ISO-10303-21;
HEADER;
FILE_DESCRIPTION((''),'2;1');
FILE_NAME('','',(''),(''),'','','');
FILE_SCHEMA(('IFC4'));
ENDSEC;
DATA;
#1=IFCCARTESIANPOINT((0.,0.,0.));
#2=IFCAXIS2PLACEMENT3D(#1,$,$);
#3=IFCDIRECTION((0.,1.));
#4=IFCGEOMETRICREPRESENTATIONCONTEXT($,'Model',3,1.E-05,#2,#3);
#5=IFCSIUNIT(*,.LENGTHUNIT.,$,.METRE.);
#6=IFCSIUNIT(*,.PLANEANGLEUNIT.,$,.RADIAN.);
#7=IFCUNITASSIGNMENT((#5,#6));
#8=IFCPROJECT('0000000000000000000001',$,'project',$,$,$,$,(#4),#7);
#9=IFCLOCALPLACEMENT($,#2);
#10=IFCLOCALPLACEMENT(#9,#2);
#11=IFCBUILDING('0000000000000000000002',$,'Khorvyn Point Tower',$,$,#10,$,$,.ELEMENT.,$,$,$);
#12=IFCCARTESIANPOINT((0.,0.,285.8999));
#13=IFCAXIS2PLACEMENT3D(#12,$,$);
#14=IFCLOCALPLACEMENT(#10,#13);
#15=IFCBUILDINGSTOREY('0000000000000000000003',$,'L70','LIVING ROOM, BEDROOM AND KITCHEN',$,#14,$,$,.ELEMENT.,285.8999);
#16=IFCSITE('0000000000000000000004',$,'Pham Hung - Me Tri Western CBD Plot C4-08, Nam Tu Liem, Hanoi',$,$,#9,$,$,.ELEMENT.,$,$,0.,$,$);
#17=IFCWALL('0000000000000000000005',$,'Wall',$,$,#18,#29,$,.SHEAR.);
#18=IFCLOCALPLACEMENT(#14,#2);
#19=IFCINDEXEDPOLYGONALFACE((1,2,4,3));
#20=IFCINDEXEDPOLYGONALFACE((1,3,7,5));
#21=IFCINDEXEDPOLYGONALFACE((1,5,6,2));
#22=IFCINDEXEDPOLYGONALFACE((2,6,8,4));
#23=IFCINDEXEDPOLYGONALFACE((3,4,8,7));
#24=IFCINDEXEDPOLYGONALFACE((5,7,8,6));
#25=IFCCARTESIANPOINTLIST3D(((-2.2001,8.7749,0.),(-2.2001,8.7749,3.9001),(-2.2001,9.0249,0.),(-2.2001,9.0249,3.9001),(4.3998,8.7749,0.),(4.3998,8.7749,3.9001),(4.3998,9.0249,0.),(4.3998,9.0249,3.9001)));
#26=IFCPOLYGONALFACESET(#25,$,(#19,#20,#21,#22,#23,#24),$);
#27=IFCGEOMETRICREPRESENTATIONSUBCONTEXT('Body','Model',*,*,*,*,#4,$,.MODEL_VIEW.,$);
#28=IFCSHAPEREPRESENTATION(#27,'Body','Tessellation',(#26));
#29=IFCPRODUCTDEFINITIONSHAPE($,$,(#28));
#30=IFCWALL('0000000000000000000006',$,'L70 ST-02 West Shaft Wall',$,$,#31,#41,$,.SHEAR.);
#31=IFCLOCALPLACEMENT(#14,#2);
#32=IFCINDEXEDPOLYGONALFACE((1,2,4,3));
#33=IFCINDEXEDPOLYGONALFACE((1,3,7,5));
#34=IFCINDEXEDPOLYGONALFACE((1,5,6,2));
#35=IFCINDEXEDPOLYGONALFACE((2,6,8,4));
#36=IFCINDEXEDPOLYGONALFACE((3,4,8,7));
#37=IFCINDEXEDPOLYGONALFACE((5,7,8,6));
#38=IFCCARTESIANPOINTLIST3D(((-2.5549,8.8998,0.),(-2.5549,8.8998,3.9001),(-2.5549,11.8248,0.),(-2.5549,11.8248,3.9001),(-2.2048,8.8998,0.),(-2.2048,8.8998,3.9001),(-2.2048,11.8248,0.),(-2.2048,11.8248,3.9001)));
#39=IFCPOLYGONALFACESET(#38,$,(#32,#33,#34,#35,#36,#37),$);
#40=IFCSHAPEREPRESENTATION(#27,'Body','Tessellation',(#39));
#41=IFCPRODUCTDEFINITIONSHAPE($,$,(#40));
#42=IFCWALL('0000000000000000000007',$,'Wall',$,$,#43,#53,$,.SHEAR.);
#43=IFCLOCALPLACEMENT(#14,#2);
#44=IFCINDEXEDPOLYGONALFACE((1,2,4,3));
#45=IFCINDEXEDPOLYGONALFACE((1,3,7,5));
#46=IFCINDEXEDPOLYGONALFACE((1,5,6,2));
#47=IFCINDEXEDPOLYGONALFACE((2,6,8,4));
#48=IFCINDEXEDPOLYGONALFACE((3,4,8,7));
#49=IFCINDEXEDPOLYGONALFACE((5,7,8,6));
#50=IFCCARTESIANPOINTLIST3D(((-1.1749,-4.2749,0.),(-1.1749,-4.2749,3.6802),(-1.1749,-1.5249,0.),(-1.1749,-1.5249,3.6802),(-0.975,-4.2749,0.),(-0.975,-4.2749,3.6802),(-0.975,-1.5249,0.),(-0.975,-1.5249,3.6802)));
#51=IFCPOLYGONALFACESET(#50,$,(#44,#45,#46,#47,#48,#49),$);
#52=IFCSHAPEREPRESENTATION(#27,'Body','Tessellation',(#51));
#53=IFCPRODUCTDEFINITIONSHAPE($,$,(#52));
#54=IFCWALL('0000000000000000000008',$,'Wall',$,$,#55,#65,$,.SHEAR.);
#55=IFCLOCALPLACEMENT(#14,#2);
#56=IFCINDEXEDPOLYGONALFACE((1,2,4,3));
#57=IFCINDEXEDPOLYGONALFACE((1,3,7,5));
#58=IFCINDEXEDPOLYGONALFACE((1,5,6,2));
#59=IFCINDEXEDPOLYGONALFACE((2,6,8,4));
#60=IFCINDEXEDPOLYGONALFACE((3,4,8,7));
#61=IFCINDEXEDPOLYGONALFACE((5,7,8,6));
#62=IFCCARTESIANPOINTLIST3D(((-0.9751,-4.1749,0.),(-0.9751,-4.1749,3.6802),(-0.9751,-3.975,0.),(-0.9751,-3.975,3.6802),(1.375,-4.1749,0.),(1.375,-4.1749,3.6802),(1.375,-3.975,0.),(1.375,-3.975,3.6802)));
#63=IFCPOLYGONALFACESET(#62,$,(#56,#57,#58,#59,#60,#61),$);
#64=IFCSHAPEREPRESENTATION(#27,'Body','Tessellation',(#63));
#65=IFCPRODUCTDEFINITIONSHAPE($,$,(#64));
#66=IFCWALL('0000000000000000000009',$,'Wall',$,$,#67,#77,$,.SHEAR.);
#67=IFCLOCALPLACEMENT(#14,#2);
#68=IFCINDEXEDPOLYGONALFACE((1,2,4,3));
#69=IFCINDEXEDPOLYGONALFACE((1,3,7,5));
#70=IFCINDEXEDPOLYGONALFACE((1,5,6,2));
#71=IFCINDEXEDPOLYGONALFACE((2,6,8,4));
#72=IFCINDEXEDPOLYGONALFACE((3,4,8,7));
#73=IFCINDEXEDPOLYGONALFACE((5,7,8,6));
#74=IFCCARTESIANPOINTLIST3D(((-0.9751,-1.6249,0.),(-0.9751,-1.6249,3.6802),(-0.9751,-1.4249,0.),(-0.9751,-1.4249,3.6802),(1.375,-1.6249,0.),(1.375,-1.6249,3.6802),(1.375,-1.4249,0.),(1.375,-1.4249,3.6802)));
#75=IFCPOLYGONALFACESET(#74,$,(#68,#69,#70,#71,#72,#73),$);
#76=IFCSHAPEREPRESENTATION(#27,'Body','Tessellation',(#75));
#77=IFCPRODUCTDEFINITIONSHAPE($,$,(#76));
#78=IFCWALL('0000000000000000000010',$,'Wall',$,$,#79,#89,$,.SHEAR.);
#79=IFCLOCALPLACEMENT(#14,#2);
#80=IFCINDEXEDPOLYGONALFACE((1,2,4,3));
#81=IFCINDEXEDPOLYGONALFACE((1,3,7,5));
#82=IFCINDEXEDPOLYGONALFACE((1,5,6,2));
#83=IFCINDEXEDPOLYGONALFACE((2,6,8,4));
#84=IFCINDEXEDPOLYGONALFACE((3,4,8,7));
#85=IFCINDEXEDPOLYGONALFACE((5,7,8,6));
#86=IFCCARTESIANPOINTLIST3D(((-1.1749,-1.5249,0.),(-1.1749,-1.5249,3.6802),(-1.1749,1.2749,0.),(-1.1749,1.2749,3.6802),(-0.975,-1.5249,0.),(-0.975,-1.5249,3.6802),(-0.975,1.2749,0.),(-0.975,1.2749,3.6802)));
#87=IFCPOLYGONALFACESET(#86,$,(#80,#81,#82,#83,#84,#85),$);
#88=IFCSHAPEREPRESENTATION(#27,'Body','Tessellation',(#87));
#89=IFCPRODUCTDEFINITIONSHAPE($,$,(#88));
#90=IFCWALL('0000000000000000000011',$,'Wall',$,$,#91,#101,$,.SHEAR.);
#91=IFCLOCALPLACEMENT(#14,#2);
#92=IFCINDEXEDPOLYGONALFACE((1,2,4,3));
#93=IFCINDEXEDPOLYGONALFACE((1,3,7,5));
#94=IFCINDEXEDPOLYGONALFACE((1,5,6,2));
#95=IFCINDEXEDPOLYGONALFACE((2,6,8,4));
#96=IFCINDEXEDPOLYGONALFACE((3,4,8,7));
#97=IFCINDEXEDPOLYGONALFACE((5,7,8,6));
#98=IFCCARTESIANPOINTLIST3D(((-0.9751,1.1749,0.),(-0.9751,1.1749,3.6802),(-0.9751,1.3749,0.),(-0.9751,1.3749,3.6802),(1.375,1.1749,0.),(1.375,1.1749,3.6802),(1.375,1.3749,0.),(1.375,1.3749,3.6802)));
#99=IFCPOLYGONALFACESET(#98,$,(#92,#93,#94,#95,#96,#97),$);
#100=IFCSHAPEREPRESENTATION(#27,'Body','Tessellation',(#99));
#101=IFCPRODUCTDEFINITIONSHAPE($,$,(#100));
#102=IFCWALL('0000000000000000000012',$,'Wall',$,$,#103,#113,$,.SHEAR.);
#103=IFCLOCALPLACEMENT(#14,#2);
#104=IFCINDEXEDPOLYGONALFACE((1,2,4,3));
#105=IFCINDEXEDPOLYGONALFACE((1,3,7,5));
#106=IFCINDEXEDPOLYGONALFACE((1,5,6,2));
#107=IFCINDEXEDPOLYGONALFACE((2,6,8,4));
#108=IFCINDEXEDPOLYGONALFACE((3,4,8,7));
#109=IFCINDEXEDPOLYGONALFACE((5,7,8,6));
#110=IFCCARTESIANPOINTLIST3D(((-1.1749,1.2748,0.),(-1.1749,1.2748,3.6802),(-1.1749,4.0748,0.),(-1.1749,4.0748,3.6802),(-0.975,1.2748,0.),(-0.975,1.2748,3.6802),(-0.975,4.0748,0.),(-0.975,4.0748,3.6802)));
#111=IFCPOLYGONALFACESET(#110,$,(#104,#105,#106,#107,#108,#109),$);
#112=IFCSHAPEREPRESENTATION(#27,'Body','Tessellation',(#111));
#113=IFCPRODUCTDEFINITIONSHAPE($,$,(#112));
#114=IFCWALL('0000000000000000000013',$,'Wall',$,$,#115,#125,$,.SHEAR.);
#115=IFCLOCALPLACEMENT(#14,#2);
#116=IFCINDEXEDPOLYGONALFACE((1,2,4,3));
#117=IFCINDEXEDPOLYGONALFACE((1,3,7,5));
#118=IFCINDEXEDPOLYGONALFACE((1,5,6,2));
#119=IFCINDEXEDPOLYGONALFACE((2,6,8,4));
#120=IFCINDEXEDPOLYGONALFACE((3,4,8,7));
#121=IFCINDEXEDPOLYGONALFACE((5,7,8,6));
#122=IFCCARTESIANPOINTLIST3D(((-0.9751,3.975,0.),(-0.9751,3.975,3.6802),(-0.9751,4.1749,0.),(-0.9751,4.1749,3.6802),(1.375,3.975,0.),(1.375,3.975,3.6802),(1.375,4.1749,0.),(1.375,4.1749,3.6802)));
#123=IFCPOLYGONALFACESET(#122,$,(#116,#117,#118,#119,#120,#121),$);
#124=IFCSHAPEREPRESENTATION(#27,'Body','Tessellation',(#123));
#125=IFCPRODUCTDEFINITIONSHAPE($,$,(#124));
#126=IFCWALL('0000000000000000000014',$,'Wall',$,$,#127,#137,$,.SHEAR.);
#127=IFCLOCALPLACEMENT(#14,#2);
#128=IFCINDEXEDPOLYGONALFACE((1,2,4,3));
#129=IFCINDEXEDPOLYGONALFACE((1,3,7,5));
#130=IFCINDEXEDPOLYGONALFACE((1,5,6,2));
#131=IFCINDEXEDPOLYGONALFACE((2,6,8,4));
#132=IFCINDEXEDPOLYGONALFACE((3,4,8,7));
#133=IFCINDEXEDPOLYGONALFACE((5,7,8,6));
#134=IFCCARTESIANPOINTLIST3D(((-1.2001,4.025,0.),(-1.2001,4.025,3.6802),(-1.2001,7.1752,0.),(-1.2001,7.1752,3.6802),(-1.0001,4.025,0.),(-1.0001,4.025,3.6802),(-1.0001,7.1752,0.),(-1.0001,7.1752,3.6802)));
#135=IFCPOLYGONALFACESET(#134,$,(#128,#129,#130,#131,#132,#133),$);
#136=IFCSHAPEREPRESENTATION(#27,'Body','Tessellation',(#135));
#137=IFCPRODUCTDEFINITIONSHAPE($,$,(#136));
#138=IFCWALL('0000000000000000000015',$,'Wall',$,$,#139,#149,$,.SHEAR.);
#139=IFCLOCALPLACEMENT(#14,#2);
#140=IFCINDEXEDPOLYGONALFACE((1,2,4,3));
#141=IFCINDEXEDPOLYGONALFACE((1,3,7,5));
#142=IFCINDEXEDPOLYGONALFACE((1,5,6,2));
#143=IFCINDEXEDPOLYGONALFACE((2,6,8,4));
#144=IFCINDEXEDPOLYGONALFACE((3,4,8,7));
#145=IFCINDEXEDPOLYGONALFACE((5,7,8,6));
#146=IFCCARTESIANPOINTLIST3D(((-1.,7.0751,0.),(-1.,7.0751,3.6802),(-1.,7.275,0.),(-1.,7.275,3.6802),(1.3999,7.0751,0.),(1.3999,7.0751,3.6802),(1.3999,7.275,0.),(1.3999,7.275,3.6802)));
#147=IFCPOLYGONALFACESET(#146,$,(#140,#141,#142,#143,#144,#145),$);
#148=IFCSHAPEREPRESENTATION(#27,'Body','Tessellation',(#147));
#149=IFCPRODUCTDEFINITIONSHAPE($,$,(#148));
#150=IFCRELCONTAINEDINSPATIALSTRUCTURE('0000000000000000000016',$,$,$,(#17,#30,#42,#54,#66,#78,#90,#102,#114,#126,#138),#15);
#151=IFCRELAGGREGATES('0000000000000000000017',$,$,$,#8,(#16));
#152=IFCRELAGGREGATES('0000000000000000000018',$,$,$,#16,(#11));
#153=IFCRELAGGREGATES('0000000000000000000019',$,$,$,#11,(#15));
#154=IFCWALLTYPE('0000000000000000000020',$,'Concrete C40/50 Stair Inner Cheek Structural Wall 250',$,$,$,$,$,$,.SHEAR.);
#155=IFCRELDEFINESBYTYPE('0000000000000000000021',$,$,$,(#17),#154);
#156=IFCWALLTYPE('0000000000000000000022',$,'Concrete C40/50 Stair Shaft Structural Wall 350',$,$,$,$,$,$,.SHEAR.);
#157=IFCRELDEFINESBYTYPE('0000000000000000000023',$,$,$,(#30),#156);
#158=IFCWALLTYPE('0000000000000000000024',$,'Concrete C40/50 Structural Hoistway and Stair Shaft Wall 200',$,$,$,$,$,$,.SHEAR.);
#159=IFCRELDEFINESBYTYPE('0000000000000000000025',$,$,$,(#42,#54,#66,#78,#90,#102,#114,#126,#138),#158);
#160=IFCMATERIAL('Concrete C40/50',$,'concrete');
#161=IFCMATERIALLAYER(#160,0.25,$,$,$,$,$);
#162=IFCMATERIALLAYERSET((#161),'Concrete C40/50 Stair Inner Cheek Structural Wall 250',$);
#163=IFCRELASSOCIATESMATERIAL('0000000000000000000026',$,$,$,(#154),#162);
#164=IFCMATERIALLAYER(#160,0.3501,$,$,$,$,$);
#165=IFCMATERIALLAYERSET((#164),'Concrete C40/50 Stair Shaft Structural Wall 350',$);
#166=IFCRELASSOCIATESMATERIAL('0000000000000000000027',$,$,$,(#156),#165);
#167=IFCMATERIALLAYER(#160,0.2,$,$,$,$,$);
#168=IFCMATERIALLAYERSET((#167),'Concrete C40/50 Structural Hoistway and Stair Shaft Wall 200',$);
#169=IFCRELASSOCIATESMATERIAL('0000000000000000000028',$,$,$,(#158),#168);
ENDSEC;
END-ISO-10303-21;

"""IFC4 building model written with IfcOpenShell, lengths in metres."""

from ifc_helpers import new_model, si_unit, direction, frame, frame_2d, origin, place, context, subcontext, project, spatial, rectangle, extrude, material, layer, layer_set, type_object, element, save


model = new_model("IFC4")

# Units and contexts
model_context = context("Model", 3, precision=1e-05, world=origin(), true_north=direction((0.0, 1.0)))
body_context = subcontext(model_context, "Body", "Model", "MODEL_VIEW")
ifc_project = project(units=[si_unit("LENGTHUNIT", "METRE"), si_unit("PLANEANGLEUNIT", "RADIAN")], contexts=[model_context])

# Site, building, storey
site_placement = place(None, origin())
site = spatial("IfcSite", under=ifc_project, at=site_placement, Name="Pham Hung - Me Tri Western CBD Plot C4-08, Nam Tu Liem, Hanoi", CompositionType="ELEMENT", RefElevation=0.0)
building_placement = place(site_placement, origin())
building = spatial("IfcBuilding", under=site, at=building_placement, Name="Khorvyn Point Tower", CompositionType="ELEMENT")
storey_placement = place(building_placement, frame((0.0, 0.0, 285.8999)))
storey = spatial("IfcBuildingStorey", under=building, at=storey_placement, Name="L70", Description="LIVING ROOM, BEDROOM AND KITCHEN", CompositionType="ELEMENT", Elevation=285.8999)

# Shared definitions
ifc_material_1 = material(Name="Concrete C40/50", Category="concrete")

# Walls
ifc_layer_1 = layer(ifc_material_1, 0.25)
ifc_layer_set_1 = layer_set([ifc_layer_1], Name="Concrete C40/50 Stair Inner Cheek Structural Wall 250")
wall_type_1 = type_object("IfcWallType", Name="Concrete C40/50 Stair Inner Cheek Structural Wall 250", PredefinedType="SHEAR", material=ifc_layer_set_1)
wall_1_placement = place(storey_placement, frame((-2.2, 8.8999, 0.0), z_axis=(0.0, 0.0, 1.0), x_axis=(1.0, 0.0, 0.0)))
element("IfcWall", 1, at=wall_1_placement, inside=storey, type_object=wall_type_1, Name="Wall", PredefinedType="SHEAR", context=body_context, shape_type="SweptSolid", body=[
    extrude(rectangle(XDim=6.5999, YDim=0.25, at=frame_2d((3.2998, 0.0))), origin(), (0.0, 0.0, 1.0), 3.9001),
])
ifc_layer_2 = layer(ifc_material_1, 0.3501)
ifc_layer_set_2 = layer_set([ifc_layer_2], Name="Concrete C40/50 Stair Shaft Structural Wall 350")
wall_type_2 = type_object("IfcWallType", Name="Concrete C40/50 Stair Shaft Structural Wall 350", PredefinedType="SHEAR", material=ifc_layer_set_2)
wall_2_placement = place(storey_placement, frame((-2.3799, 8.8999, 0.0), z_axis=(0.0, 0.0, 1.0), x_axis=(0.0, 1.0, 0.0)))
element("IfcWall", 2, at=wall_2_placement, inside=storey, type_object=wall_type_2, Name="L70 ST-02 West Shaft Wall", PredefinedType="SHEAR", context=body_context, shape_type="SweptSolid", body=[
    extrude(rectangle(XDim=2.925, YDim=0.3501, at=frame_2d((1.4624, 0.0))), origin(), (0.0, 0.0, 1.0), 3.9001),
])
ifc_layer_3 = layer(ifc_material_1, 0.2)
ifc_layer_set_3 = layer_set([ifc_layer_3], Name="Concrete C40/50 Structural Hoistway and Stair Shaft Wall 200")
wall_type_3 = type_object("IfcWallType", Name="Concrete C40/50 Structural Hoistway and Stair Shaft Wall 200", PredefinedType="SHEAR", material=ifc_layer_set_3)
wall_3_placement = place(storey_placement, frame((-1.075, -4.2749, 0.0), z_axis=(0.0, 0.0, 1.0), x_axis=(0.0, 1.0, 0.0)))
element("IfcWall", 3, at=wall_3_placement, inside=storey, type_object=wall_type_3, Name="Wall", PredefinedType="SHEAR", context=body_context, shape_type="SweptSolid", body=[
    extrude(rectangle(XDim=2.75, YDim=0.2, at=frame_2d((1.375, 0.0))), origin(), (0.0, 0.0, 1.0), 3.6802),
])
for number, where, z_axis, x_axis, name in (
    (4, (-0.9751, -4.075, 0.0), (0.0, 0.0, 1.0), (1.0, 0.0, 0.0), "Wall"),
    (5, (-0.9751, -1.5249, 0.0), (0.0, 0.0, 1.0), (1.0, 0.0, 0.0), "Wall"),
):
    element("IfcWall", number, at=place(storey_placement, frame(where, z_axis=z_axis, x_axis=x_axis)), inside=storey, type_object=wall_type_3, Name=name, PredefinedType="SHEAR", context=body_context, shape_type="SweptSolid", body=[
        extrude(rectangle(XDim=2.3501, YDim=0.2, at=frame_2d((1.175, 0.0))), origin(), (0.0, 0.0, 1.0), 3.6802),
    ])
wall_4_placement = place(storey_placement, frame((-1.075, -1.5249, 0.0), z_axis=(0.0, 0.0, 1.0), x_axis=(0.0, 1.0, 0.0)))
element("IfcWall", 6, at=wall_4_placement, inside=storey, type_object=wall_type_3, Name="Wall", PredefinedType="SHEAR", context=body_context, shape_type="SweptSolid", body=[
    extrude(rectangle(XDim=2.7998, YDim=0.2, at=frame_2d((1.3999, 0.0))), origin(), (0.0, 0.0, 1.0), 3.6802),
])
wall_5_placement = place(storey_placement, frame((-0.9751, 1.2749, 0.0), z_axis=(0.0, 0.0, 1.0), x_axis=(1.0, 0.0, 0.0)))
element("IfcWall", 7, at=wall_5_placement, inside=storey, type_object=wall_type_3, Name="Wall", PredefinedType="SHEAR", context=body_context, shape_type="SweptSolid", body=[
    extrude(rectangle(XDim=2.3501, YDim=0.2, at=frame_2d((1.175, 0.0))), origin(), (0.0, 0.0, 1.0), 3.6802),
])
wall_6_placement = place(storey_placement, frame((-1.075, 1.2749, 0.0), z_axis=(0.0, 0.0, 1.0), x_axis=(0.0, 1.0, 0.0)))
element("IfcWall", 8, at=wall_6_placement, inside=storey, type_object=wall_type_3, Name="Wall", PredefinedType="SHEAR", context=body_context, shape_type="SweptSolid", body=[
    extrude(rectangle(XDim=2.8, YDim=0.2, at=frame_2d((1.3999, 0.0))), origin(), (0.0, 0.0, 1.0), 3.6802),
])
wall_7_placement = place(storey_placement, frame((-0.9751, 4.075, 0.0), z_axis=(0.0, 0.0, 1.0), x_axis=(1.0, 0.0, 0.0)))
element("IfcWall", 9, at=wall_7_placement, inside=storey, type_object=wall_type_3, Name="Wall", PredefinedType="SHEAR", context=body_context, shape_type="SweptSolid", body=[
    extrude(rectangle(XDim=2.3501, YDim=0.2, at=frame_2d((1.175, 0.0))), origin(), (0.0, 0.0, 1.0), 3.6802),
])
wall_8_placement = place(storey_placement, frame((-1.1001, 4.0249, 0.0), z_axis=(0.0, 0.0, 1.0), x_axis=(0.0, 1.0, 0.0)))
element("IfcWall", 10, at=wall_8_placement, inside=storey, type_object=wall_type_3, Name="Wall", PredefinedType="SHEAR", context=body_context, shape_type="SweptSolid", body=[
    extrude(rectangle(XDim=3.1501, YDim=0.2, at=frame_2d((1.5752, 0.0))), origin(), (0.0, 0.0, 1.0), 3.6802),
])
wall_9_placement = place(storey_placement, frame((-1.0, 7.175, 0.0), z_axis=(0.0, 0.0, 1.0), x_axis=(1.0, 0.0, 0.0)))
element("IfcWall", 11, at=wall_9_placement, inside=storey, type_object=wall_type_3, Name="Wall", PredefinedType="SHEAR", context=body_context, shape_type="SweptSolid", body=[
    extrude(rectangle(XDim=2.3999, YDim=0.2, at=frame_2d((1.2, 0.0))), origin(), (0.0, 0.0, 1.0), 3.6802),
])

save(model, "model.ifc")
